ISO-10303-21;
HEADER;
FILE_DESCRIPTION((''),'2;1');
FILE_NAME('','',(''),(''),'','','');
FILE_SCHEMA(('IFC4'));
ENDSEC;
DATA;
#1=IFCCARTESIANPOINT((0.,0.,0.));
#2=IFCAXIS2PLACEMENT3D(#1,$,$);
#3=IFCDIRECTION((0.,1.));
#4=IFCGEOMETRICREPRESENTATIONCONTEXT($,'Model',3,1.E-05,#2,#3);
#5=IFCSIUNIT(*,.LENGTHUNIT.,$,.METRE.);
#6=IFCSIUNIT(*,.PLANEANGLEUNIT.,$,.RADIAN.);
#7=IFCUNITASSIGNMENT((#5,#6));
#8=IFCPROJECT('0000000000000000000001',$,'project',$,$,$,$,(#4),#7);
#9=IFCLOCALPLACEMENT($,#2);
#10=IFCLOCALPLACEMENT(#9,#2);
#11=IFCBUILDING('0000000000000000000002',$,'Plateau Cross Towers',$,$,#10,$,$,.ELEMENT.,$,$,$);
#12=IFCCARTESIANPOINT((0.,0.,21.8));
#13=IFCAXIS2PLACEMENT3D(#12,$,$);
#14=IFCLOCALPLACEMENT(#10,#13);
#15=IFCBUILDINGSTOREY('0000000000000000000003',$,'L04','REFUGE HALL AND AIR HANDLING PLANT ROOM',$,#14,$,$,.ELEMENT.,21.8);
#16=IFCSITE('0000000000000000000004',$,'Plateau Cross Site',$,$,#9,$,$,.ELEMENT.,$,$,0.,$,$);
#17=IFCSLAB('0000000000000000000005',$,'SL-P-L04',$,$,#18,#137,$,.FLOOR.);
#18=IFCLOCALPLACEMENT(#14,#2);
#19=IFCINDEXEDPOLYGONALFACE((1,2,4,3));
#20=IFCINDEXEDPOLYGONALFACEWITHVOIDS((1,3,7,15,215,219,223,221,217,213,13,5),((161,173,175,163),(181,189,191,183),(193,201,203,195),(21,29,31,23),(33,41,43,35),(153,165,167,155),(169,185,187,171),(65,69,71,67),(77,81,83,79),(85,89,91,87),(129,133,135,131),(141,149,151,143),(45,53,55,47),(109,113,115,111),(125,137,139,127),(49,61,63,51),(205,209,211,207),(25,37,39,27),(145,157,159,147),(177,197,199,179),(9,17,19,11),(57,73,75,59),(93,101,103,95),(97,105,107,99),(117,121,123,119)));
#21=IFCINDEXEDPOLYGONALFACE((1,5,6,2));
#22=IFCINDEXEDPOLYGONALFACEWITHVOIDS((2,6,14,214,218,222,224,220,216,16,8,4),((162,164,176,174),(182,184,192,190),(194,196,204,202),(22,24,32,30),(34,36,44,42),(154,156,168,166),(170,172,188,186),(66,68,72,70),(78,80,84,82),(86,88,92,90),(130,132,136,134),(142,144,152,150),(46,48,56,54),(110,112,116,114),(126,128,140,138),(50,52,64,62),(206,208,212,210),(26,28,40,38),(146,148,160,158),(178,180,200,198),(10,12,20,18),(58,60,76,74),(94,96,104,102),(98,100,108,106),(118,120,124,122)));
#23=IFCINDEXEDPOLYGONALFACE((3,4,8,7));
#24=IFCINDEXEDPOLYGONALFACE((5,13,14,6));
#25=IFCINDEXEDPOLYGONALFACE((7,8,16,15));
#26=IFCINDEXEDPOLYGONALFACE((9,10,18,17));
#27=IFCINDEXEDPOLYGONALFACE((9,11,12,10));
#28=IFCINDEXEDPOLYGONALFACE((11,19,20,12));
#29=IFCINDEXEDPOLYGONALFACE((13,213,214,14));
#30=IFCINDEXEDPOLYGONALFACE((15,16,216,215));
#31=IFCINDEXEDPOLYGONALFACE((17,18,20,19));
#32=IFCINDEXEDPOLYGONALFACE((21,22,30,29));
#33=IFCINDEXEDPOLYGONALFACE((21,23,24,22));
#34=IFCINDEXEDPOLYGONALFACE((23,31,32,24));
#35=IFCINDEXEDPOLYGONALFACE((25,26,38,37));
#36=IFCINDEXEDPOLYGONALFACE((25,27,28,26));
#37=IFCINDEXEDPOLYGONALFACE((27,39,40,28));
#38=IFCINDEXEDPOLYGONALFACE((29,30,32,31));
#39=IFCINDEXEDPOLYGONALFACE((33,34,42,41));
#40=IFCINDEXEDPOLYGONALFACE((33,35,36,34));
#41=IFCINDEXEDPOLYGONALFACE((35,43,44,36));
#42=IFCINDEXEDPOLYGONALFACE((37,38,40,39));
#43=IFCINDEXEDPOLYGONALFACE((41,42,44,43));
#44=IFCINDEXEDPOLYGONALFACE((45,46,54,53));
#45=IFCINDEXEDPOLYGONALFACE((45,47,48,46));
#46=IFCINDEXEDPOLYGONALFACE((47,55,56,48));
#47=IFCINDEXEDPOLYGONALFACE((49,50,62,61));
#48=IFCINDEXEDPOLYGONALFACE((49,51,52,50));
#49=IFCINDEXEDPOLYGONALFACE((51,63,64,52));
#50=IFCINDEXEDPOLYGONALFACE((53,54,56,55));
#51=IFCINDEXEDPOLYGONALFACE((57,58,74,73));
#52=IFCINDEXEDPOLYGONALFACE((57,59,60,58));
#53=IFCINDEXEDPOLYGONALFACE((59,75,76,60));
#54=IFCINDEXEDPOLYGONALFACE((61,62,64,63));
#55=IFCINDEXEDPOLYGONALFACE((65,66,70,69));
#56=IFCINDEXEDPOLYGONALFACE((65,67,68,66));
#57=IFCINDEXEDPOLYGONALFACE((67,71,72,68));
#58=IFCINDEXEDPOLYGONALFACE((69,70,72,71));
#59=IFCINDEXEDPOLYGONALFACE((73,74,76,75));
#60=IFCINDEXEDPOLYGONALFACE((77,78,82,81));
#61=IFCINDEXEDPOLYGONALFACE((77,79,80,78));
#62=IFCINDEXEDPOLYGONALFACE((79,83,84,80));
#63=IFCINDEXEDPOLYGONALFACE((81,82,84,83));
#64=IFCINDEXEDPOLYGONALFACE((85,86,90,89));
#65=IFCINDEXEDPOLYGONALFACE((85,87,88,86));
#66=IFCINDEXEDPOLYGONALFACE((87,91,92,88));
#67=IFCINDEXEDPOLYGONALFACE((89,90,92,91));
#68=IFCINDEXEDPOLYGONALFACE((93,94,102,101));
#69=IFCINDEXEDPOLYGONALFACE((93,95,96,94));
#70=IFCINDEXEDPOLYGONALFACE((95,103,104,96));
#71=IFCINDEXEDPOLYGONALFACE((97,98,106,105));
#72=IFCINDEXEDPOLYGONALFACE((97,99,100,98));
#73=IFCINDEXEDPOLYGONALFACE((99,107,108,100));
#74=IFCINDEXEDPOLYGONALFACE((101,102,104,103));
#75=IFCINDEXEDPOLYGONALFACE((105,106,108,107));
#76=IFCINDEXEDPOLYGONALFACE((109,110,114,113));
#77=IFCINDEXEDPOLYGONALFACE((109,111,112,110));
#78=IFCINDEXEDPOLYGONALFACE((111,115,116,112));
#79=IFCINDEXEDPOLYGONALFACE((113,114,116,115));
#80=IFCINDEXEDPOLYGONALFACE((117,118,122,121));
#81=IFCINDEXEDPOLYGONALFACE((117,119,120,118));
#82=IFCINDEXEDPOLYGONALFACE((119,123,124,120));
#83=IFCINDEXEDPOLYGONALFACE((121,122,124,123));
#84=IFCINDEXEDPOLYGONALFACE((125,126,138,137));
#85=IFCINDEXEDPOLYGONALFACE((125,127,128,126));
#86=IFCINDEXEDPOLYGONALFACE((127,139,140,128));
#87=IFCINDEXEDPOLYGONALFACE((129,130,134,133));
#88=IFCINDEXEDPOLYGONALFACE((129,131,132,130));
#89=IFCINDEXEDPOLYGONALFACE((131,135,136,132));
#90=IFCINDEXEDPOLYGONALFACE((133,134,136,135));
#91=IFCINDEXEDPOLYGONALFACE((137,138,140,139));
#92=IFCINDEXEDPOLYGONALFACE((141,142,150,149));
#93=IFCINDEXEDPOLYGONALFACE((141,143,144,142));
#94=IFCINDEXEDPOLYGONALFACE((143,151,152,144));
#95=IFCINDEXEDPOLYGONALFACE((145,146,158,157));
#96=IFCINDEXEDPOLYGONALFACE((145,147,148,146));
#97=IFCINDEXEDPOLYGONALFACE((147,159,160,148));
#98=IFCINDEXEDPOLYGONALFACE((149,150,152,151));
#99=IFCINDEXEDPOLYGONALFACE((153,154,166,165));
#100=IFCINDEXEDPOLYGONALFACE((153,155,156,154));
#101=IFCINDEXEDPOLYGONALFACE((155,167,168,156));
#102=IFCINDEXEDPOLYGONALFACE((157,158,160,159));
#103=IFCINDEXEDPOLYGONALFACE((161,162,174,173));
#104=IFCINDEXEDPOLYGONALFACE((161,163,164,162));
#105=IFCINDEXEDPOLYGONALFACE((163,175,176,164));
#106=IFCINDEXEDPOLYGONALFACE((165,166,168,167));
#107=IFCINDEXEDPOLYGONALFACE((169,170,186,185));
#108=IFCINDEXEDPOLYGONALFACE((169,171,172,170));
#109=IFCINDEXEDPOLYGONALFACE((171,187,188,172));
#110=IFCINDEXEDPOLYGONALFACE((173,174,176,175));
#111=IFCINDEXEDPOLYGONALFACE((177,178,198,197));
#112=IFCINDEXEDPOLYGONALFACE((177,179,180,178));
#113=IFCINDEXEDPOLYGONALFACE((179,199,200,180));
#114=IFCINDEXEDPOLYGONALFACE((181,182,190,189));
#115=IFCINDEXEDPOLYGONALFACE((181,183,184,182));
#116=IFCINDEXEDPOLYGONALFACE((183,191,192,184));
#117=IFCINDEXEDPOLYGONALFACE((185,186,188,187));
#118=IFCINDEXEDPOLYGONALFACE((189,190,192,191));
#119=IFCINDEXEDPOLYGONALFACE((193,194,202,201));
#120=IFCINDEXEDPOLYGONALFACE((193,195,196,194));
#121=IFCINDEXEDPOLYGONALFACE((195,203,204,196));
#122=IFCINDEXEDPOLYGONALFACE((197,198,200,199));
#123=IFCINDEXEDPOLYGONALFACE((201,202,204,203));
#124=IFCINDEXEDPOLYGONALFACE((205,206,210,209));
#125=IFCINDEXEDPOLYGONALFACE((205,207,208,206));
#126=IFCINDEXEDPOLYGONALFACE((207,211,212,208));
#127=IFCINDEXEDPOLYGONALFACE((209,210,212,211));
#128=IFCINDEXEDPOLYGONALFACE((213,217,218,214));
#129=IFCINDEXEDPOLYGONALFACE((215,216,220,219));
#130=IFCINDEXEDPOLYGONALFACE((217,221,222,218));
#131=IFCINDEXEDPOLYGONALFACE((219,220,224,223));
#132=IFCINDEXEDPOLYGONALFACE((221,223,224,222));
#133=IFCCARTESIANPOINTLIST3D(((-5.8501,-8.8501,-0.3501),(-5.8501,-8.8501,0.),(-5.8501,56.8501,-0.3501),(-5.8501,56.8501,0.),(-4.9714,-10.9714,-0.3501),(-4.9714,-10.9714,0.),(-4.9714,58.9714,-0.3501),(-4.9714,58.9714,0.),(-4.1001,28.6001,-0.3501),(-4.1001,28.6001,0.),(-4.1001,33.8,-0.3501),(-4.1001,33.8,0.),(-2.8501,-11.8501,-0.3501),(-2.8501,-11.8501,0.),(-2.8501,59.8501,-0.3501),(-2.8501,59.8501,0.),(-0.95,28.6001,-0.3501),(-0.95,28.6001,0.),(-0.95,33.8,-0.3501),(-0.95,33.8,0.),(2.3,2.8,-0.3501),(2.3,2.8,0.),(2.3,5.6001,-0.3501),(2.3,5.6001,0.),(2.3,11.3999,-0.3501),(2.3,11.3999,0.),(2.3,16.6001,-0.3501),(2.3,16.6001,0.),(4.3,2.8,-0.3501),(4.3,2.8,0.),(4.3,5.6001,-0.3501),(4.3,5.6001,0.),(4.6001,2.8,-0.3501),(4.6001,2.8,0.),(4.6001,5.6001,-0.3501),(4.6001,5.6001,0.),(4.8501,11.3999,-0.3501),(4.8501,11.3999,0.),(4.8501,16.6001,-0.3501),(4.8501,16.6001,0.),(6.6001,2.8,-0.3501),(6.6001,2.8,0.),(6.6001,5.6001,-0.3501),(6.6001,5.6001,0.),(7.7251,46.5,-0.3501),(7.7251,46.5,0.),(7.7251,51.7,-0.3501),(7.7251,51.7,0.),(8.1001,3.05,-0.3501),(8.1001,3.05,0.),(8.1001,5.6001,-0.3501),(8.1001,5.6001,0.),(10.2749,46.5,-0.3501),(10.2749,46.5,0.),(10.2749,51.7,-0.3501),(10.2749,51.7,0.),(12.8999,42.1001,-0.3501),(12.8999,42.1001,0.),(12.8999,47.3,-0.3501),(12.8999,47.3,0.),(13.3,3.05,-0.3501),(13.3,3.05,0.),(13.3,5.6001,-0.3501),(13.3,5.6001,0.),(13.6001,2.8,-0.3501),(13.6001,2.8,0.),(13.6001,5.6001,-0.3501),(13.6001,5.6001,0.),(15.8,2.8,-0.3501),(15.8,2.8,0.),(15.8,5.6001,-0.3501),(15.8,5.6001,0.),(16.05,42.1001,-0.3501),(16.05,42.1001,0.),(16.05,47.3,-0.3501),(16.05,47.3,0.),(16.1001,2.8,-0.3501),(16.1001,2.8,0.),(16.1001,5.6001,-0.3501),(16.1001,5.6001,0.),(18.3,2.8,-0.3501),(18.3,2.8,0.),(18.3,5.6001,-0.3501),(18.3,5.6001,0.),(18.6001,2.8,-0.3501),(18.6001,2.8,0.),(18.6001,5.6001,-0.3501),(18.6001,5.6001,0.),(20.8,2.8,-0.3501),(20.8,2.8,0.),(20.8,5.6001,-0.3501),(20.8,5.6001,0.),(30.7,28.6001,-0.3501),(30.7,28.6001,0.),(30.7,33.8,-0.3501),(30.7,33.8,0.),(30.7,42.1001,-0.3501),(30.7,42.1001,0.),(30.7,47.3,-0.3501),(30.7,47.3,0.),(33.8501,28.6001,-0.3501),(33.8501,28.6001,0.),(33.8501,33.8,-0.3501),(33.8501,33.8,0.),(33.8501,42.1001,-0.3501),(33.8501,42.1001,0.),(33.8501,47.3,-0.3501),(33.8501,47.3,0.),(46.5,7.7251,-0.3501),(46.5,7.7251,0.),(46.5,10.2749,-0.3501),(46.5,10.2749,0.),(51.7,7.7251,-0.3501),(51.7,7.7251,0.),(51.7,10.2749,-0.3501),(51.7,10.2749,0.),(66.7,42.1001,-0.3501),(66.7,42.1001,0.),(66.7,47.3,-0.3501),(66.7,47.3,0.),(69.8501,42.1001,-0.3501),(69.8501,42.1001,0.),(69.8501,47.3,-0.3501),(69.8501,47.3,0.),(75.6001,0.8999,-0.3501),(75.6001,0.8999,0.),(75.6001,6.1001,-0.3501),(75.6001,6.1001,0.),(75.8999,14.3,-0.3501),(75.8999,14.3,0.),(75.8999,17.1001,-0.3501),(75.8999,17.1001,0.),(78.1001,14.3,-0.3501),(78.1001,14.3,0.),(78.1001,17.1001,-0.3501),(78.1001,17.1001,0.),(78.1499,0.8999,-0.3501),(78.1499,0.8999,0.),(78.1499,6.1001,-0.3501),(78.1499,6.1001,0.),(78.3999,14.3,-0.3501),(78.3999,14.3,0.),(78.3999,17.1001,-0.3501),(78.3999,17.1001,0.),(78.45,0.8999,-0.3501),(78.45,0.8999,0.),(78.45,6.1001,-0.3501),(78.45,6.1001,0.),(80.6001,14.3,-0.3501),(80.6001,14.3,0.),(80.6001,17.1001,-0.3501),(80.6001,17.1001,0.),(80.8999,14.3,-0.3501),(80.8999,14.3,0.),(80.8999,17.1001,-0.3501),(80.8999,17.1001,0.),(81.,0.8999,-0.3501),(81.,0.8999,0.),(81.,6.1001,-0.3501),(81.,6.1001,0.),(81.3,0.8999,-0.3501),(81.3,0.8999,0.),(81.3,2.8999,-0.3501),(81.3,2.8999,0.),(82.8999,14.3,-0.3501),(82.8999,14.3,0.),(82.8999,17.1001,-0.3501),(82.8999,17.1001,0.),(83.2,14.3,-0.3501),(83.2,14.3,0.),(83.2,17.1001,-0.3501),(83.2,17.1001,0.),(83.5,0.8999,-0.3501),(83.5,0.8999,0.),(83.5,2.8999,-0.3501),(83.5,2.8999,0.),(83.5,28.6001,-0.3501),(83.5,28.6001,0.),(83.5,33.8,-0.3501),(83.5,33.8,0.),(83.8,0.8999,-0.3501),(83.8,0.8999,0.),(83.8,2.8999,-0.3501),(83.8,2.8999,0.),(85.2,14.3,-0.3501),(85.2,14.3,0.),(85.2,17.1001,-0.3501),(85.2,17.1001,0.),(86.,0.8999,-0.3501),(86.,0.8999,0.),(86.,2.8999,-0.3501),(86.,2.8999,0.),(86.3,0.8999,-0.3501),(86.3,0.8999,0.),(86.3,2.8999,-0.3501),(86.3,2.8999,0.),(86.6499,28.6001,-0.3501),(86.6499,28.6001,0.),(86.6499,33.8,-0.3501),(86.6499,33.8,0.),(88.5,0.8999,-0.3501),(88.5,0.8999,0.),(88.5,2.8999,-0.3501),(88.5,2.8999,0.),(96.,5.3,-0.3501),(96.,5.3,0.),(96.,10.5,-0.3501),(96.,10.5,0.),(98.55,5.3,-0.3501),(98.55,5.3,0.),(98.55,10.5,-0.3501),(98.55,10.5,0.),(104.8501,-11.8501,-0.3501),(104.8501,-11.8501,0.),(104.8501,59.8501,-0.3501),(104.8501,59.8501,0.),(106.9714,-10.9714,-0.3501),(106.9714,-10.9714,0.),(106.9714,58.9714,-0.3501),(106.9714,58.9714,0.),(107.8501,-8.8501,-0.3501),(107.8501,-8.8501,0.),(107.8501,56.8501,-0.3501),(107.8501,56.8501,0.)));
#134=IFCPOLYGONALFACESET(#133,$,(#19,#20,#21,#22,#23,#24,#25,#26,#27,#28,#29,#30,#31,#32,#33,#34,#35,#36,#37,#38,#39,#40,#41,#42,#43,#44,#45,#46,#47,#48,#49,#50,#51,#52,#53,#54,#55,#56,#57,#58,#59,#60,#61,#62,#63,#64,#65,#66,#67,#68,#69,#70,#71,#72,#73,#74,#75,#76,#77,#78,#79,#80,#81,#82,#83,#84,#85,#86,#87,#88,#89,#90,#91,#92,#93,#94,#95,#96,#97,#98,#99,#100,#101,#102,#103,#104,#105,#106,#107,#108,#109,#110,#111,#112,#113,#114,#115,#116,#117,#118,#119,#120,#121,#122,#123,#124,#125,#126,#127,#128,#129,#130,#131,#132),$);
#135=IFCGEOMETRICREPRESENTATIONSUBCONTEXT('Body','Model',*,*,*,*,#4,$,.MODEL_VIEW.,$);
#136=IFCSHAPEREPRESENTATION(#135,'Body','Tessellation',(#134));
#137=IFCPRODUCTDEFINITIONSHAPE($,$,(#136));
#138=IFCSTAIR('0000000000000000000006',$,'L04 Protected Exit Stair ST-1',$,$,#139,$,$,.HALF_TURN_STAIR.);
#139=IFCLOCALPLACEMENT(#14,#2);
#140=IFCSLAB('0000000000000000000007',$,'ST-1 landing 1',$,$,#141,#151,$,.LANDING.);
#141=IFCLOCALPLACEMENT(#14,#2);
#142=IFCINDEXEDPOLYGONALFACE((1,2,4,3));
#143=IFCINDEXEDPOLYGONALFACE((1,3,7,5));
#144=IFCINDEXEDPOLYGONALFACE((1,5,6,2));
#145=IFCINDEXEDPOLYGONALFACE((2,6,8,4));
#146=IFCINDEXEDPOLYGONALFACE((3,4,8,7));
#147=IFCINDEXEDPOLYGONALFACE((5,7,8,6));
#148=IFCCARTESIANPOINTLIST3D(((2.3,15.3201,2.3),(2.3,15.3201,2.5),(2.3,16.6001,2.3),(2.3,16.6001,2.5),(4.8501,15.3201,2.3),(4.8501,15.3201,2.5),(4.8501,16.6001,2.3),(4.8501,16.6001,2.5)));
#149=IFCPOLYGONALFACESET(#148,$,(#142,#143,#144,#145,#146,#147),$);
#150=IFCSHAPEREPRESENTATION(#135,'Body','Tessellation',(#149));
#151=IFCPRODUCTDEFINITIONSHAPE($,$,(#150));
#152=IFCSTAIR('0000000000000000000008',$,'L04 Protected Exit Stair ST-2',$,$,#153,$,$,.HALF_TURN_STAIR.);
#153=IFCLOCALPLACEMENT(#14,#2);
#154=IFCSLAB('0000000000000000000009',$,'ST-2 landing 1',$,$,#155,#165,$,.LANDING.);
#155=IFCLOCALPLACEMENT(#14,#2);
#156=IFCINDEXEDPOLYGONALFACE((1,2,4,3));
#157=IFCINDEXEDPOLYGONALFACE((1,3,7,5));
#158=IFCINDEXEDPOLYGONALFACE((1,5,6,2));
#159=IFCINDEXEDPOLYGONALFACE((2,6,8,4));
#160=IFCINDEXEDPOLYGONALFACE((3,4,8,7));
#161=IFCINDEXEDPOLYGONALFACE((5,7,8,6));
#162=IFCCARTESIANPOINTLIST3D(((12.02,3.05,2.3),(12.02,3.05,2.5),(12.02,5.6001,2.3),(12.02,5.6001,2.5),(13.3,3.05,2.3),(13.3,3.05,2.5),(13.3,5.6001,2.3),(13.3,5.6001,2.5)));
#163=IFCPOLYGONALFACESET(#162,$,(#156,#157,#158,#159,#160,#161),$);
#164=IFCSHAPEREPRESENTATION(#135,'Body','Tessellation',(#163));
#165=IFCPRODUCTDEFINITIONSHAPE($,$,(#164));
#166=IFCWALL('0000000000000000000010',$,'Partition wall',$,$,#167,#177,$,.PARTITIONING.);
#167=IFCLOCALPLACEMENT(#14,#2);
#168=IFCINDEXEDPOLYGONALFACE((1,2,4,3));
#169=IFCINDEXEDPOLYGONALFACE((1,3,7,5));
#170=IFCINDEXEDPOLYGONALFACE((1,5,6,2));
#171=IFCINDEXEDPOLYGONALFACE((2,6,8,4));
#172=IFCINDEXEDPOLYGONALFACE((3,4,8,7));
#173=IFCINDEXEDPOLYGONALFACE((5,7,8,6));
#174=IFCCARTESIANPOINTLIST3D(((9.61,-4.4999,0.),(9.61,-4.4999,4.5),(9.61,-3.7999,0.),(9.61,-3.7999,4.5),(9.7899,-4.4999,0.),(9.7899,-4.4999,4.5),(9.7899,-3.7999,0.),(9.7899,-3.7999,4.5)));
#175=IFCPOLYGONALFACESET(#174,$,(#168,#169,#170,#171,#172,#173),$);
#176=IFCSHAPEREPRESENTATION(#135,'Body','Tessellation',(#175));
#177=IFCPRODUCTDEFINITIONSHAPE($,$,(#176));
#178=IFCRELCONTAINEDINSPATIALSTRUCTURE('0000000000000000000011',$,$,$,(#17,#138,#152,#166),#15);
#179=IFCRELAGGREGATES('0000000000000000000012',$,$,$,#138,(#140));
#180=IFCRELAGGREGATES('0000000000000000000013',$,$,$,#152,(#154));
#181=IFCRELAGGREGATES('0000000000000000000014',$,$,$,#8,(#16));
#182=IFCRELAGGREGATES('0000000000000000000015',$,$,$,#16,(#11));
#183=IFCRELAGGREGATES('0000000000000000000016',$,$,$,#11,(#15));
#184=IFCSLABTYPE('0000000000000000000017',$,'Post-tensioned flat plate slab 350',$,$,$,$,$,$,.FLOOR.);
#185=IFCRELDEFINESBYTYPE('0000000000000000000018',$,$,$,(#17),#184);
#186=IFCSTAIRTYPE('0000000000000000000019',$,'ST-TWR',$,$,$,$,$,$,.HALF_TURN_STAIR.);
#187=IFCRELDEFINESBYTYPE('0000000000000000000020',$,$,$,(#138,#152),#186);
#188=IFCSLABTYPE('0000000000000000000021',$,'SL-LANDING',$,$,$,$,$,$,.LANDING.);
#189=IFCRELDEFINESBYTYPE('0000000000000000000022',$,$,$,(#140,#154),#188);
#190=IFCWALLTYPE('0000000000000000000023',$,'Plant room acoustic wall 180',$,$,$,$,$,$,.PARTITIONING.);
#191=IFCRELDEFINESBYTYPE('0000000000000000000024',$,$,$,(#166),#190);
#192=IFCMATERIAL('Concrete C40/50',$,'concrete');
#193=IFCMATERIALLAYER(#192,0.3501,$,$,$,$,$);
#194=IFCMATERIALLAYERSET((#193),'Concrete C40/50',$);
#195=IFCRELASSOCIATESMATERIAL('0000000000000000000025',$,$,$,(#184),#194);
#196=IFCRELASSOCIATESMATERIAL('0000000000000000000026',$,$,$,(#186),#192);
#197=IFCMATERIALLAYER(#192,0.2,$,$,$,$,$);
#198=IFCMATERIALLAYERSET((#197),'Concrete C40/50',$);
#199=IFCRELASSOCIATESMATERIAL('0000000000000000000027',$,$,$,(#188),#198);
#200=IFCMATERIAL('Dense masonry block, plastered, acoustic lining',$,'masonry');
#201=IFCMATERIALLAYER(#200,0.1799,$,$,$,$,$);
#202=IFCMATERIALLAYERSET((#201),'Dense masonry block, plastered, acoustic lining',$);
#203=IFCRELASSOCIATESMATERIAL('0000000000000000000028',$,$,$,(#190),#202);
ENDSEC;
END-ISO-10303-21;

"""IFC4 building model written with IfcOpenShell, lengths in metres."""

from ifc_helpers import new_model, si_unit, direction, frame, frame_2d, origin, place, context, subcontext, project, spatial, polyline, rectangle, outline, extrude, material, layer, layer_set, type_object, element, aggregate, save


model = new_model("IFC4")

# Units and contexts
model_context = context("Model", 3, precision=1e-05, world=origin(), true_north=direction((0.0, 1.0)))
body_context = subcontext(model_context, "Body", "Model", "MODEL_VIEW")
ifc_project = project(units=[si_unit("LENGTHUNIT", "METRE"), si_unit("PLANEANGLEUNIT", "RADIAN")], contexts=[model_context])

# Site, building, storey
site_placement = place(None, origin())
site = spatial("IfcSite", under=ifc_project, at=site_placement, Name="Plateau Cross Site", CompositionType="ELEMENT", RefElevation=0.0)
building_placement = place(site_placement, origin())
building = spatial("IfcBuilding", under=site, at=building_placement, Name="Plateau Cross Towers", CompositionType="ELEMENT")
storey_placement = place(building_placement, frame((0.0, 0.0, 21.8)))
storey = spatial("IfcBuildingStorey", under=building, at=storey_placement, Name="L04", Description="REFUGE HALL AND AIR HANDLING PLANT ROOM", CompositionType="ELEMENT", Elevation=21.8)

# Slab
ifc_material_1 = material(Name="Concrete C40/50", Category="concrete")
ifc_layer_1 = layer(ifc_material_1, 0.3501)
ifc_layer_set_1 = layer_set([ifc_layer_1], Name="Concrete C40/50")
slab_type_1 = type_object("IfcSlabType", Name="Post-tensioned flat plate slab 350", PredefinedType="FLOOR", material=ifc_layer_set_1)
slab_1_placement = place(storey_placement, frame((0.0, 0.0, -0.3501)))
element("IfcSlab", 1, at=slab_1_placement, inside=storey, type_object=slab_type_1, Name="SL-P-L04", PredefinedType="FLOOR", context=body_context, shape_type="SweptSolid", body=[
    extrude(outline(polyline([(-4.9714, -10.9714), (-5.8501, -8.8501), (-5.8501, 56.8501), (-4.9714, 58.9714), (-2.8501, 59.8501), (104.8501, 59.8501), (106.9714, 58.9714), (107.8501, 56.8501), (107.8501, -8.8501), (106.9714, -10.9714), (104.8501, -11.8501), (-2.8501, -11.8501), (-4.9714, -10.9714)]), holes=[polyline([(4.3, 2.8), (4.3, 5.6001), (2.3, 5.6001), (2.3, 2.8), (4.3, 2.8)]), polyline([(4.6001, 2.8), (6.6001, 2.8), (6.6001, 5.6001), (4.6001, 5.6001), (4.6001, 2.8)]), polyline([(13.6001, 2.8), (15.8, 2.8), (15.8, 5.6001), (13.6001, 5.6001), (13.6001, 2.8)]), polyline([(18.3, 2.8), (18.3, 5.6001), (16.1001, 5.6001), (16.1001, 2.8), (18.3, 2.8)]), polyline([(18.6001, 2.8), (20.8, 2.8), (20.8, 5.6001), (18.6001, 5.6001), (18.6001, 2.8)]), polyline([(8.1001, 3.05), (13.3, 3.05), (13.3, 5.6001), (8.1001, 5.6001), (8.1001, 3.05)]), polyline([(51.7, 7.7251), (51.7, 10.2749), (46.5, 10.2749), (46.5, 7.7251), (51.7, 7.7251)]), polyline([(4.8501, 11.3999), (4.8501, 16.6001), (2.3, 16.6001), (2.3, 11.3999), (4.8501, 11.3999)]), polyline([(-0.95, 28.6001), (-0.95, 33.8), (-4.1001, 33.8), (-4.1001, 28.6001), (-0.95, 28.6001)]), polyline([(33.8501, 33.8), (30.7, 33.8), (30.7, 28.6001), (33.8501, 28.6001), (33.8501, 33.8)]), polyline([(16.05, 42.1001), (16.05, 47.3), (12.8999, 47.3), (12.8999, 42.1001), (16.05, 42.1001)]), polyline([(33.8501, 42.1001), (33.8501, 47.3), (30.7, 47.3), (30.7, 42.1001), (33.8501, 42.1001)]), polyline([(10.2749, 51.7), (7.7251, 51.7), (7.7251, 46.5), (10.2749, 46.5), (10.2749, 51.7)]), polyline([(81.3, 0.8999), (83.5, 0.8999), (83.5, 2.8999), (81.3, 2.8999), (81.3, 0.8999)]), polyline([(83.8, 0.8999), (86.0, 0.8999), (86.0, 2.8999), (83.8, 2.8999), (83.8, 0.8999)]), polyline([(88.5, 0.8999), (88.5, 2.8999), (86.3, 2.8999), (86.3, 0.8999), (88.5, 0.8999)]), polyline([(75.6001, 6.1001), (75.6001, 0.8999), (78.1499, 0.8999), (78.1499, 6.1001), (75.6001, 6.1001)]), polyline([(78.45, 6.1001), (78.45, 0.8999), (81.0, 0.8999), (81.0, 6.1001), (78.45, 6.1001)]), polyline([(96.0, 5.3), (98.55, 5.3), (98.55, 10.5), (96.0, 10.5), (96.0, 5.3)]), polyline([(75.8999, 14.3), (78.1001, 14.3), (78.1001, 17.1001), (75.8999, 17.1001), (75.8999, 14.3)]), polyline([(78.3999, 14.3), (80.6001, 14.3), (80.6001, 17.1001), (78.3999, 17.1001), (78.3999, 14.3)]), polyline([(80.8999, 14.3), (82.8999, 14.3), (82.8999, 17.1001), (80.8999, 17.1001), (80.8999, 14.3)]), polyline([(83.2, 14.3), (85.2, 14.3), (85.2, 17.1001), (83.2, 17.1001), (83.2, 14.3)]), polyline([(86.6499, 28.6001), (86.6499, 33.8), (83.5, 33.8), (83.5, 28.6001), (86.6499, 28.6001)]), polyline([(69.8501, 42.1001), (69.8501, 47.3), (66.7, 47.3), (66.7, 42.1001), (69.8501, 42.1001)])]), origin(), (0.0, 0.0, 1.0), 0.3501),
])

# Stairs, slabs
stair_type = type_object("IfcStairType", Name="ST-TWR", PredefinedType="HALF_TURN_STAIR", material=ifc_material_1)
stair_1_placement = place(storey_placement, origin())
stair_1 = element("IfcStair", 2, at=stair_1_placement, inside=storey, type_object=stair_type, Name="L04 Protected Exit Stair ST-1", PredefinedType="HALF_TURN_STAIR")
ifc_layer_2 = layer(ifc_material_1, 0.2)
ifc_layer_set_2 = layer_set([ifc_layer_2], Name="Concrete C40/50")
slab_type_2 = type_object("IfcSlabType", Name="SL-LANDING", PredefinedType="LANDING", material=ifc_layer_set_2)
slab_2_placement = place(storey_placement, frame((0.0, 0.0, 2.3)))
slab_2 = element("IfcSlab", 3, at=slab_2_placement, type_object=slab_type_2, Name="ST-1 landing 1", PredefinedType="LANDING", context=body_context, shape_type="SweptSolid", body=[
    extrude(outline(polyline([(4.8501, 15.3201), (4.8501, 16.6001), (2.3, 16.6001), (2.3, 15.3201), (4.8501, 15.3201)])), origin(), (0.0, 0.0, 1.0), 0.2),
])
aggregate(stair_1, [slab_2])
stair_2_placement = place(storey_placement, origin())
stair_2 = element("IfcStair", 4, at=stair_2_placement, inside=storey, type_object=stair_type, Name="L04 Protected Exit Stair ST-2", PredefinedType="HALF_TURN_STAIR")
slab_3_placement = place(storey_placement, frame((0.0, 0.0, 2.3)))
slab_3 = element("IfcSlab", 5, at=slab_3_placement, type_object=slab_type_2, Name="ST-2 landing 1", PredefinedType="LANDING", context=body_context, shape_type="SweptSolid", body=[
    extrude(outline(polyline([(12.02, 3.05), (13.3, 3.05), (13.3, 5.6001), (12.02, 5.6001), (12.02, 3.05)])), origin(), (0.0, 0.0, 1.0), 0.2),
])
aggregate(stair_2, [slab_3])

# Wall
ifc_material_2 = material(Name="Dense masonry block, plastered, acoustic lining", Category="masonry")
ifc_layer_3 = layer(ifc_material_2, 0.1799)
ifc_layer_set_3 = layer_set([ifc_layer_3], Name="Dense masonry block, plastered, acoustic lining")
wall_type = type_object("IfcWallType", Name="Plant room acoustic wall 180", PredefinedType="PARTITIONING", material=ifc_layer_set_3)
wall_1_placement = place(storey_placement, frame((9.7, -4.5, 0.0), z_axis=(0.0, 0.0, 1.0), x_axis=(0.0, 1.0, 0.0)))
element("IfcWall", 6, at=wall_1_placement, inside=storey, type_object=wall_type, Name="Partition wall", PredefinedType="PARTITIONING", context=body_context, shape_type="SweptSolid", body=[
    extrude(rectangle(XDim=0.7, YDim=0.1799, at=frame_2d((0.3501, 0.0))), origin(), (0.0, 0.0, 1.0), 4.5),
])

save(model, "model.ifc")
